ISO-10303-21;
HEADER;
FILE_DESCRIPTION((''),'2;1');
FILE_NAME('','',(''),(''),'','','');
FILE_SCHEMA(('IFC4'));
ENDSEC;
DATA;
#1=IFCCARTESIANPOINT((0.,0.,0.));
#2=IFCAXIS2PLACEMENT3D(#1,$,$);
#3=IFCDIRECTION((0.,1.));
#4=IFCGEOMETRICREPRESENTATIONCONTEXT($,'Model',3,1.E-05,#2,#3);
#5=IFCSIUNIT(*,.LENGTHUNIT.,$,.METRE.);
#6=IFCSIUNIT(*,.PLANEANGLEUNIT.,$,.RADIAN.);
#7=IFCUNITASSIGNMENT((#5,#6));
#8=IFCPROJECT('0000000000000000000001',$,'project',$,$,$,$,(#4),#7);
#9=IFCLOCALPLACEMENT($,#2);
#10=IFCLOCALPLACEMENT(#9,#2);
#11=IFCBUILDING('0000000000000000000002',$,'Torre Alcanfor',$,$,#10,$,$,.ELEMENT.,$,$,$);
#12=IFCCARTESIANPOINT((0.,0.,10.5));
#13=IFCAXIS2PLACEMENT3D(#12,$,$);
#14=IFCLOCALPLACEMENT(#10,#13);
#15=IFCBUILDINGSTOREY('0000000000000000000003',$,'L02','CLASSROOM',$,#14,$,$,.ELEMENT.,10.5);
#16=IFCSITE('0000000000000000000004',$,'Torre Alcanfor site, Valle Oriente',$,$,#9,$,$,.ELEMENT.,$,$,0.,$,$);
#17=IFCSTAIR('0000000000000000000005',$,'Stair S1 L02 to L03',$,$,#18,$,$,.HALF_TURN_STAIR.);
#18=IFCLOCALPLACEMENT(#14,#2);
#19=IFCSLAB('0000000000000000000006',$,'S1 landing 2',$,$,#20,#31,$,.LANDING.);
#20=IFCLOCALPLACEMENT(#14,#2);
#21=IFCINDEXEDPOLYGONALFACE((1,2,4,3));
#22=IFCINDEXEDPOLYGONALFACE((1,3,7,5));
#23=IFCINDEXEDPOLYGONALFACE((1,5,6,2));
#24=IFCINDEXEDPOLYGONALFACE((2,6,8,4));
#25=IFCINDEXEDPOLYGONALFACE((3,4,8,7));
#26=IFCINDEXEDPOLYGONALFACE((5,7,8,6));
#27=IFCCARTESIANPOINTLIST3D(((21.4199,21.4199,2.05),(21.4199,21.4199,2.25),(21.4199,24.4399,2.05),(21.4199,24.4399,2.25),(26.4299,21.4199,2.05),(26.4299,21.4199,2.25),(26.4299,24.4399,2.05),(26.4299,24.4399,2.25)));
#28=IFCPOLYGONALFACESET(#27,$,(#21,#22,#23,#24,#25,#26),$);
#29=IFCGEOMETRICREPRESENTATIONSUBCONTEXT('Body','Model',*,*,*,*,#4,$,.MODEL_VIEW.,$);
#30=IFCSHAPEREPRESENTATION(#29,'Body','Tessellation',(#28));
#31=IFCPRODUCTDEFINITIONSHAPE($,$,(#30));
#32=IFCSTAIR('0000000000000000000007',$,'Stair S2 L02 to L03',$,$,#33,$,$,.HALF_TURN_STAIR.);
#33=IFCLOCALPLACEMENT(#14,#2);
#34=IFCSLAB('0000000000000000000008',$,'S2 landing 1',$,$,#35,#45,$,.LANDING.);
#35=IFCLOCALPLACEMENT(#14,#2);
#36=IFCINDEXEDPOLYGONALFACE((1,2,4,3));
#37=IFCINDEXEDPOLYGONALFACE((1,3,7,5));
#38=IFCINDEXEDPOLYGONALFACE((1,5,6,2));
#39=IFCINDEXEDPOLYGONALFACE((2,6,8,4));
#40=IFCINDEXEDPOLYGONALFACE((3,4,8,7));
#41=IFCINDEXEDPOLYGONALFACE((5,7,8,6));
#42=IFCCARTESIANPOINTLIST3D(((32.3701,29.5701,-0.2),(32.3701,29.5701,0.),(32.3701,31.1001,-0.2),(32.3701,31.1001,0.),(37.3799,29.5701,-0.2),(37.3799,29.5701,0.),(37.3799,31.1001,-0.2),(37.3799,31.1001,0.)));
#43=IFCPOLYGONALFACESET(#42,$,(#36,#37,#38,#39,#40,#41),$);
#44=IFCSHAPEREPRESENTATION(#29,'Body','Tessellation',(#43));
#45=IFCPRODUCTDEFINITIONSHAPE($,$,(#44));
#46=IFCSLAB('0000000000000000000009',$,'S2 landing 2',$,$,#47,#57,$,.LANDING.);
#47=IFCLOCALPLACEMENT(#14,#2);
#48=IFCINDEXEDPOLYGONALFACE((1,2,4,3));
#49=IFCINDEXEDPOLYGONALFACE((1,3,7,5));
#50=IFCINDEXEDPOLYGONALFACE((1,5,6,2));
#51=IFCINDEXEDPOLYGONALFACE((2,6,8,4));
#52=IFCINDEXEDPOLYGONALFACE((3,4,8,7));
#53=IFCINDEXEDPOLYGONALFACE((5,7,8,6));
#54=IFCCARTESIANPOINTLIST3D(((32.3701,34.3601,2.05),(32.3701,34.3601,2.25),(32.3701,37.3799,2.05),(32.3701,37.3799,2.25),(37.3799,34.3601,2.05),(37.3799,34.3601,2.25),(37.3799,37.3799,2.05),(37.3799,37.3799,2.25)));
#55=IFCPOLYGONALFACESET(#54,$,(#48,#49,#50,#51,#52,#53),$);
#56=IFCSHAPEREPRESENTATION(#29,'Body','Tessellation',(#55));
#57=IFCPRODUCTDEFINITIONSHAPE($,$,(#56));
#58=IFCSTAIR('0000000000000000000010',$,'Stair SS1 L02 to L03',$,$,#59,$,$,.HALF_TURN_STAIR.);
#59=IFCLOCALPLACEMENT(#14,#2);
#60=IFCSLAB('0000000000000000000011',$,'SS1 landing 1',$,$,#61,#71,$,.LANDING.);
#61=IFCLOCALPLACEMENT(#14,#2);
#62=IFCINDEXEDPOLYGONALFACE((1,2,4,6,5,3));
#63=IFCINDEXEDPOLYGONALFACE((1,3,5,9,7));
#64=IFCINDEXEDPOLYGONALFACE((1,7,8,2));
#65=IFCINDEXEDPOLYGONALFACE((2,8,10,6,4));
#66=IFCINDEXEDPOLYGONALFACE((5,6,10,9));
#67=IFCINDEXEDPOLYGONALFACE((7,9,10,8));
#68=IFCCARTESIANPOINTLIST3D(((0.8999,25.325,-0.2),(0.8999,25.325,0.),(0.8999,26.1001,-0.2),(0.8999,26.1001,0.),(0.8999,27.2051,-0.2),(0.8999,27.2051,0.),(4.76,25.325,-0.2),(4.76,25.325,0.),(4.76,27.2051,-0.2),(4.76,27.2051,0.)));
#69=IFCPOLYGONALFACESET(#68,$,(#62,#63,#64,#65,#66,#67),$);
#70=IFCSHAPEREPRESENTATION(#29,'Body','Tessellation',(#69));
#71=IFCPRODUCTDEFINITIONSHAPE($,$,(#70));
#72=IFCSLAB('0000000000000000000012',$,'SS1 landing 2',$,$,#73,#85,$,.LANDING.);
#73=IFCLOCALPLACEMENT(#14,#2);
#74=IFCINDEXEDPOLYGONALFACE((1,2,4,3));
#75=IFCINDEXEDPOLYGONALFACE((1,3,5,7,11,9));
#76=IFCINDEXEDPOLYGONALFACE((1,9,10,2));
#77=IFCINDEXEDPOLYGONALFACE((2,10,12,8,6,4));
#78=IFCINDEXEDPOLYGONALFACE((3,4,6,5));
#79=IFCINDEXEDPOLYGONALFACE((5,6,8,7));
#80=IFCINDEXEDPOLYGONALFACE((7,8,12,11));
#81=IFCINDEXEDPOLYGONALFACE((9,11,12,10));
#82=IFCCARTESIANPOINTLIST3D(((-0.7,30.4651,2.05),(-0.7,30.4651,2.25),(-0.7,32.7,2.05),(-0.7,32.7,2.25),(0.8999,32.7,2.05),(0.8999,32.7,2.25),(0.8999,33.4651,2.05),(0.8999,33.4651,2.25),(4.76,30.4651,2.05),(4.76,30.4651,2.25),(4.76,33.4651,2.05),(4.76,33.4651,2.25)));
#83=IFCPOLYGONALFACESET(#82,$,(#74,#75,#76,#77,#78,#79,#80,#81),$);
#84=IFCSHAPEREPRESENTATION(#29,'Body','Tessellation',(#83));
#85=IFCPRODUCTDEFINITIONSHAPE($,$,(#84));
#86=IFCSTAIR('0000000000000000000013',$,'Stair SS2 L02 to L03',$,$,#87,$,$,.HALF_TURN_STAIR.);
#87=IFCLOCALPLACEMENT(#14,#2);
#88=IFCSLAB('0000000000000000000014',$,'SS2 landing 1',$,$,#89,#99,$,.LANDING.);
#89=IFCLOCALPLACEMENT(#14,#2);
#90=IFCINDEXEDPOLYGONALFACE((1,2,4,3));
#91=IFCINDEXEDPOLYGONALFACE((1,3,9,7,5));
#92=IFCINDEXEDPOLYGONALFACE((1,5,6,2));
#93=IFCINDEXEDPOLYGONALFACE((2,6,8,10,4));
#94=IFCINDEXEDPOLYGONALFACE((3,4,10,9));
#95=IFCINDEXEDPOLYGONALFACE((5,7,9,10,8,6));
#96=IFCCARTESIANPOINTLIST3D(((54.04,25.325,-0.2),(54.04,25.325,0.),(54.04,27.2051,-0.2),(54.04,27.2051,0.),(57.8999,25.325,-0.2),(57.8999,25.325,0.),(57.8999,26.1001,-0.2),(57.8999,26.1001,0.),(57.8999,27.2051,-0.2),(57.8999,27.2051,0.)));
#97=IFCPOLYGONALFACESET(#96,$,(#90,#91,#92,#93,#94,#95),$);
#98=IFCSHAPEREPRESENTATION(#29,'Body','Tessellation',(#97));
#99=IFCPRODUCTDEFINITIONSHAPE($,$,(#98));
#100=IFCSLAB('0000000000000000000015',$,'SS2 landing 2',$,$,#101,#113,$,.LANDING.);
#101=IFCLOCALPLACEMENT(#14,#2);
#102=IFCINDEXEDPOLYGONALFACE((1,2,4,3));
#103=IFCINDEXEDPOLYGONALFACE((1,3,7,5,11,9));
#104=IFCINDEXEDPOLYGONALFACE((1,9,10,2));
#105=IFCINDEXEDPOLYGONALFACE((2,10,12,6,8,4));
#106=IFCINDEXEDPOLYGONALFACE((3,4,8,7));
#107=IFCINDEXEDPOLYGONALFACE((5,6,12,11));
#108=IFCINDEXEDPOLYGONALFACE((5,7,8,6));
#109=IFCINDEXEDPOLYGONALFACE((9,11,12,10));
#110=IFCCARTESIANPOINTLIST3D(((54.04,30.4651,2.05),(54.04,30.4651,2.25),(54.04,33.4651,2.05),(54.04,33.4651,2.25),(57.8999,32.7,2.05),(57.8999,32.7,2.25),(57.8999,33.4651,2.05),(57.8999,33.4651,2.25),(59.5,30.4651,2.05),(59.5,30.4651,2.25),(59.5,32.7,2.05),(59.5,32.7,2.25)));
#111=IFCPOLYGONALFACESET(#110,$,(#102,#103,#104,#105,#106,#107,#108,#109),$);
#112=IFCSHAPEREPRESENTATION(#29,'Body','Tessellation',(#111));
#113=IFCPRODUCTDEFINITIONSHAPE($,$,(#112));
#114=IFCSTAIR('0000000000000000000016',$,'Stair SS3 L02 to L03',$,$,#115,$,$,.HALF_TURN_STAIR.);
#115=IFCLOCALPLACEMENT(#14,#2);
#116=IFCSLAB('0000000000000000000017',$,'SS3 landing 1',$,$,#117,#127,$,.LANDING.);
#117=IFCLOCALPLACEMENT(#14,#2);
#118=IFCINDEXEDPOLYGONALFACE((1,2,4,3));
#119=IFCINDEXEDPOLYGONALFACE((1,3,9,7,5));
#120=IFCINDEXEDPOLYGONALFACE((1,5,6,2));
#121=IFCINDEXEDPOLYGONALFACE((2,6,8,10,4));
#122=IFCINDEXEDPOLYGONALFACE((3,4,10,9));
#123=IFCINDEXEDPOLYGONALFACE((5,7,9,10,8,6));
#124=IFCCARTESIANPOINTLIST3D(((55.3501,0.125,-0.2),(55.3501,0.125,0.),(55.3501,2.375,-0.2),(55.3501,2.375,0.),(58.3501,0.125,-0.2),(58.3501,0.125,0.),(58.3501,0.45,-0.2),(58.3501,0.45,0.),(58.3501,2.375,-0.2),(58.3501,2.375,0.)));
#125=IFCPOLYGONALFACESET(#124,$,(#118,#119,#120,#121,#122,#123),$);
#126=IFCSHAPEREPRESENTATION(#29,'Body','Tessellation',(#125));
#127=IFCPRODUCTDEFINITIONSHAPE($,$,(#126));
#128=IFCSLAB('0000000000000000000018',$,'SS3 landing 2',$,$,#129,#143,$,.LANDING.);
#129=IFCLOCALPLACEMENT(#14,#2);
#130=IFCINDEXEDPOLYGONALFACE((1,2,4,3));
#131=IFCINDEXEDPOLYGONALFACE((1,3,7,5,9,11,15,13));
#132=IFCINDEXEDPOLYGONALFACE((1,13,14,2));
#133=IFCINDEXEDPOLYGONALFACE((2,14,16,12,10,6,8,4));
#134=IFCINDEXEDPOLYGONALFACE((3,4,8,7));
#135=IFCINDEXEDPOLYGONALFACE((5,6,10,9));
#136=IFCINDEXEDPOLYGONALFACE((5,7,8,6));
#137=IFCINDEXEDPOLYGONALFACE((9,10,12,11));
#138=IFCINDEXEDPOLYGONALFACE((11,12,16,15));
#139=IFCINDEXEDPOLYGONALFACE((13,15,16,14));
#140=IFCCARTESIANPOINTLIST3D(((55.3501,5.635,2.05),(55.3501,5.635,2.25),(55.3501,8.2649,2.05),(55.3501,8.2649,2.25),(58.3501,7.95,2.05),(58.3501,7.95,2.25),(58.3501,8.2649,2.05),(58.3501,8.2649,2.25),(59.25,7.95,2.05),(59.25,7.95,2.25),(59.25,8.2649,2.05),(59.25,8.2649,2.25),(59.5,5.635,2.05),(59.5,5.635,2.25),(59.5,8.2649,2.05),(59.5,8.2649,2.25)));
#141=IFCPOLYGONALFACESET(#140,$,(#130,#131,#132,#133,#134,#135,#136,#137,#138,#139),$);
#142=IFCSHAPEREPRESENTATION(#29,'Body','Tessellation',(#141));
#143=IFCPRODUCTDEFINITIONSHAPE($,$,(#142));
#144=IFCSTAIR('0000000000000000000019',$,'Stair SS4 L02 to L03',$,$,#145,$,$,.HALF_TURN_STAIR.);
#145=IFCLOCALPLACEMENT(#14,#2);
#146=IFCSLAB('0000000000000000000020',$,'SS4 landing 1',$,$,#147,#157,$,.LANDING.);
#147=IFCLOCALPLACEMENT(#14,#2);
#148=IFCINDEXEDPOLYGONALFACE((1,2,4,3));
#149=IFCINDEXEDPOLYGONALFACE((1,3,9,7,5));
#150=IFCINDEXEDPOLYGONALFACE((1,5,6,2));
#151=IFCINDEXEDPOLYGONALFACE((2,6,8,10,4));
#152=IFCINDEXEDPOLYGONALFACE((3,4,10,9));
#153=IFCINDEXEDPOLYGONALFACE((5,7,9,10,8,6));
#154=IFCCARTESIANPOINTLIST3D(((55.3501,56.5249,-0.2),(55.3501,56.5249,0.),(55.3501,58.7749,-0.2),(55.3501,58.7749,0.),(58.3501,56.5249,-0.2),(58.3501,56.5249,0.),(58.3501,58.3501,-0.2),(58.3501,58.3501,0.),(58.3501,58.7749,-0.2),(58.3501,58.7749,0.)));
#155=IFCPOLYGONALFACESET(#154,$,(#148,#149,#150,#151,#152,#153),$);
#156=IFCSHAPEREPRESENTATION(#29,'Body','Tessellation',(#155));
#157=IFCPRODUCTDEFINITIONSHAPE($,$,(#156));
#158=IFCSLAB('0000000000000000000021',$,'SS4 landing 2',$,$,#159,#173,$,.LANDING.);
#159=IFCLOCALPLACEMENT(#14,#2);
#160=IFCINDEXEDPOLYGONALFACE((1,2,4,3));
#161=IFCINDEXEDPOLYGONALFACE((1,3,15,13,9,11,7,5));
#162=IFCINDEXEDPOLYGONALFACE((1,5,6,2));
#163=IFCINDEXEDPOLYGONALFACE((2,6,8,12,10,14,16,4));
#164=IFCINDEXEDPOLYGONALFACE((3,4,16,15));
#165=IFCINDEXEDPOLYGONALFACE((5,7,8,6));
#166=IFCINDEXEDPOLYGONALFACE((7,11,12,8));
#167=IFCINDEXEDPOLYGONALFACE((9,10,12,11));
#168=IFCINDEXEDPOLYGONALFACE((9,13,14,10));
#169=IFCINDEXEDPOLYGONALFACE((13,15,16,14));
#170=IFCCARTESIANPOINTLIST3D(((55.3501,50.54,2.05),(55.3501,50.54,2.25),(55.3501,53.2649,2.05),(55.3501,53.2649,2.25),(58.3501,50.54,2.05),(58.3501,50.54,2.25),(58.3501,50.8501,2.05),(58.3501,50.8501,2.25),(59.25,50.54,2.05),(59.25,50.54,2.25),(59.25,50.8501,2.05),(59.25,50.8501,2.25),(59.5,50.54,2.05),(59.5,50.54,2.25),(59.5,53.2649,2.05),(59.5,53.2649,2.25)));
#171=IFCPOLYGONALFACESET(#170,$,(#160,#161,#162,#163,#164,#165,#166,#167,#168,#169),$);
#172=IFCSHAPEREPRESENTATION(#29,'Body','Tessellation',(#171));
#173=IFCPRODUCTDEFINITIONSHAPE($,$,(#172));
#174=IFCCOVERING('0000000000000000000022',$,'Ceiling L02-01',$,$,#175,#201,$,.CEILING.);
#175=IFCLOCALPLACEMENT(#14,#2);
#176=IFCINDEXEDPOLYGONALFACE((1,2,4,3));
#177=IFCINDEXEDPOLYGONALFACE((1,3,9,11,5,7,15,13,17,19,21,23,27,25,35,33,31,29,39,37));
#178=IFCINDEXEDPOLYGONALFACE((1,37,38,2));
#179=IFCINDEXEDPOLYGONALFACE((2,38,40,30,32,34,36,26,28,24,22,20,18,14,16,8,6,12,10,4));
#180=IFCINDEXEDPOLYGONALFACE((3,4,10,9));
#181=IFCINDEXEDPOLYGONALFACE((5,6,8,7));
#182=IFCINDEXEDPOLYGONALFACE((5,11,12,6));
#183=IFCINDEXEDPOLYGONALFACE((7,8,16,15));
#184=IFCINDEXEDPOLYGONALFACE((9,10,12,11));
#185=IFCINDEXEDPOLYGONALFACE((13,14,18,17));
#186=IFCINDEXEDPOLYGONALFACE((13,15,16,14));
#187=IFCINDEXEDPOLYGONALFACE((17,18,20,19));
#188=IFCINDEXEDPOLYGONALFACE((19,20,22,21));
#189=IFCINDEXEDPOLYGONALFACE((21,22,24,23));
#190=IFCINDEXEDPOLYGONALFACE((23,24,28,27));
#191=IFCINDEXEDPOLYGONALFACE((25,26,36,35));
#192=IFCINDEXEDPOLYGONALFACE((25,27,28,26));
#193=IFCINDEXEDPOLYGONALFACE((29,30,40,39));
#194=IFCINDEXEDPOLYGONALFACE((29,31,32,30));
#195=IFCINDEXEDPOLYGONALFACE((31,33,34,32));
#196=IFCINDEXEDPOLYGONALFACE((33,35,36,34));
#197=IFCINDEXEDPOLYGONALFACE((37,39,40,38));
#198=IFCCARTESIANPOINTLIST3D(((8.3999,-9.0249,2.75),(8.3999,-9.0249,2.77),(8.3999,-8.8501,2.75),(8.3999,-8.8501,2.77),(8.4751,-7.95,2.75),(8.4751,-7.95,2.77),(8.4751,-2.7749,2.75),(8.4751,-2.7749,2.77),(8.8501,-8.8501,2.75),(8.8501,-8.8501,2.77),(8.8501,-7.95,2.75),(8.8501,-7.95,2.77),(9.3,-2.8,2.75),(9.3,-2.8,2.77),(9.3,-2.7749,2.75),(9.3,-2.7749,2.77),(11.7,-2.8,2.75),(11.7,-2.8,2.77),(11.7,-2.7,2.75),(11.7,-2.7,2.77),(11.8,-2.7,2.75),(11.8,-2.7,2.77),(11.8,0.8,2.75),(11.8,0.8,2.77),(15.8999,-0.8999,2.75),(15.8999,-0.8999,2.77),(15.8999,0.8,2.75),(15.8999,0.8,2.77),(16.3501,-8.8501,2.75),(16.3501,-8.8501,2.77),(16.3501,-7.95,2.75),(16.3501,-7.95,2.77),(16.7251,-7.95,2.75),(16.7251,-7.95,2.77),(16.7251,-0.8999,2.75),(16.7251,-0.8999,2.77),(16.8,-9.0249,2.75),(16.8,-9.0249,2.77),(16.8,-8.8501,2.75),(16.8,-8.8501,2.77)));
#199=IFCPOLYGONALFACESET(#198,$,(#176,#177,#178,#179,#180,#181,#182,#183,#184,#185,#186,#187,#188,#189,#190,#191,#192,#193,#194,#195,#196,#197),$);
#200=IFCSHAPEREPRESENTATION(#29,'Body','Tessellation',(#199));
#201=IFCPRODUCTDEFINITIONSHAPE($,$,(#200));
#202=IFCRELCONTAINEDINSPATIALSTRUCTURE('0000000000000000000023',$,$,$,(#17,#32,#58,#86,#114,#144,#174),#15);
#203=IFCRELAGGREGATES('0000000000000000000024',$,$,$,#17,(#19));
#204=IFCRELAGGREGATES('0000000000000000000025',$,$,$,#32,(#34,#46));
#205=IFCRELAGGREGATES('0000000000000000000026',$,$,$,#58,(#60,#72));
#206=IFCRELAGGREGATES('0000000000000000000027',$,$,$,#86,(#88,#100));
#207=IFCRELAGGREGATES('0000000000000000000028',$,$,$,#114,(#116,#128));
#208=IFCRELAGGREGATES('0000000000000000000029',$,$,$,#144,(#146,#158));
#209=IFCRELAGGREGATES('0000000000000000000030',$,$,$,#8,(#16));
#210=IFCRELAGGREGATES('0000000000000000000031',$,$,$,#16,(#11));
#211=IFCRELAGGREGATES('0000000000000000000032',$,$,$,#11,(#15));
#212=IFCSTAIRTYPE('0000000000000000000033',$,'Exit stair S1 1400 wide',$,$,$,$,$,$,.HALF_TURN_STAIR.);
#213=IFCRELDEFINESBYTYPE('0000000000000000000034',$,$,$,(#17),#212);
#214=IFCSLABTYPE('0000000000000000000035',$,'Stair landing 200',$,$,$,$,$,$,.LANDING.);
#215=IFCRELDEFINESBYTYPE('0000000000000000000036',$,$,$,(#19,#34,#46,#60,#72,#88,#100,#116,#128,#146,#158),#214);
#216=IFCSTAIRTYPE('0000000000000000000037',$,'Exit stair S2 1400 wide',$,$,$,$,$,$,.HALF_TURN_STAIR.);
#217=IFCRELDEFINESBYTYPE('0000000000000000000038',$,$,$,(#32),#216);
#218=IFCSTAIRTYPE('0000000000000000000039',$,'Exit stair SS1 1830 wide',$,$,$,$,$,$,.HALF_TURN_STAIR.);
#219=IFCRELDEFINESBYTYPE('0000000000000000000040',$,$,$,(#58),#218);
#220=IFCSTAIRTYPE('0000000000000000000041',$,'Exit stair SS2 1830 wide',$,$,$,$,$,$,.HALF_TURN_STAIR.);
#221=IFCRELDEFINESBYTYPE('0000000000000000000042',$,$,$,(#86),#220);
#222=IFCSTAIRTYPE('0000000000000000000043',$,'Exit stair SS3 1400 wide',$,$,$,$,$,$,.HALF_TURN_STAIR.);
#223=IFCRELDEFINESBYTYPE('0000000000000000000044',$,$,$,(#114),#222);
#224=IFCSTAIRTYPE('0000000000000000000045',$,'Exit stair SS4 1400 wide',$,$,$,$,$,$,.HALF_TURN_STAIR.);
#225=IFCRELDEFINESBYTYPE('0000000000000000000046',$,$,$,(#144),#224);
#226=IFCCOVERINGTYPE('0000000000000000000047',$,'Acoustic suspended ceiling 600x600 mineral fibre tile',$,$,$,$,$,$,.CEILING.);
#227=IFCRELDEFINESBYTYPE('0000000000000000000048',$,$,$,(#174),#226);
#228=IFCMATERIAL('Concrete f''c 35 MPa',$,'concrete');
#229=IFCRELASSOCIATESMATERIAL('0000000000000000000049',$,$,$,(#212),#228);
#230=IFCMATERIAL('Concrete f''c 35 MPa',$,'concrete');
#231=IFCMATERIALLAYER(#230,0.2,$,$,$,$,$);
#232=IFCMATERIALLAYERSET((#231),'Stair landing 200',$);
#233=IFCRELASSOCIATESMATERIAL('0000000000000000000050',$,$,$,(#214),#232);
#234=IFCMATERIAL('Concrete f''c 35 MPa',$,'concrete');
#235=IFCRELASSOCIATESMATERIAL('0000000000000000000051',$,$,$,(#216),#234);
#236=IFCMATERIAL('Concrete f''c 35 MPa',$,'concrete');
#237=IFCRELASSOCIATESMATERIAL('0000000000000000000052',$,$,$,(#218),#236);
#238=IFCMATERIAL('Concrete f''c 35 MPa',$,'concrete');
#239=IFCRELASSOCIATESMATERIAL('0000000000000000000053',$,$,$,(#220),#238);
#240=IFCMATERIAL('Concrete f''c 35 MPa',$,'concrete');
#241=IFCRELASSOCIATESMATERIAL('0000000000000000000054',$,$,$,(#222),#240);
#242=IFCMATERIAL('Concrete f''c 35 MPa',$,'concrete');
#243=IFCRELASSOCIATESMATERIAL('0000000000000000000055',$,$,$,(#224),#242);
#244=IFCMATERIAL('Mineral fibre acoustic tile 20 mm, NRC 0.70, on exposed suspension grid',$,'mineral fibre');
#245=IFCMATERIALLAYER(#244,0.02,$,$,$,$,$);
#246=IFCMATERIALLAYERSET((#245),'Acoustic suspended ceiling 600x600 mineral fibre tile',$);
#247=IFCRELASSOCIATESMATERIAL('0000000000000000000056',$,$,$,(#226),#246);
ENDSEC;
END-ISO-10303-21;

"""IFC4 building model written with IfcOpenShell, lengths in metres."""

from ifc_helpers import new_model, si_unit, direction, frame, origin, place, context, subcontext, project, spatial, polyline, outline, extrude, material, layer, layer_set, type_object, element, aggregate, save


model = new_model("IFC4")

# Units and contexts
model_context = context("Model", 3, precision=1e-05, world=origin(), true_north=direction((0.0, 1.0)))
body_context = subcontext(model_context, "Body", "Model", "MODEL_VIEW")
ifc_project = project(units=[si_unit("LENGTHUNIT", "METRE"), si_unit("PLANEANGLEUNIT", "RADIAN")], contexts=[model_context])

# Site, building, storey
site_placement = place(None, origin())
site = spatial("IfcSite", under=ifc_project, at=site_placement, Name="Torre Alcanfor site, Valle Oriente", CompositionType="ELEMENT", RefElevation=0.0)
building_placement = place(site_placement, origin())
building = spatial("IfcBuilding", under=site, at=building_placement, Name="Torre Alcanfor", CompositionType="ELEMENT")
storey_placement = place(building_placement, frame((0.0, 0.0, 10.5)))
storey = spatial("IfcBuildingStorey", under=building, at=storey_placement, Name="L02", Description="CLASSROOM", CompositionType="ELEMENT", Elevation=10.5)

# Stair, slab
ifc_material_1 = material(Name="Concrete f'c 35 MPa", Category="concrete")
stair_type_1 = type_object("IfcStairType", Name="Exit stair S1 1400 wide", PredefinedType="HALF_TURN_STAIR", material=ifc_material_1)
stair_1_placement = place(storey_placement, origin())
stair_1 = element("IfcStair", 1, at=stair_1_placement, inside=storey, type_object=stair_type_1, Name="Stair S1 L02 to L03", PredefinedType="HALF_TURN_STAIR")
ifc_material_2 = material(Name="Concrete f'c 35 MPa", Category="concrete")
ifc_layer_1 = layer(ifc_material_2, 0.2)
ifc_layer_set_1 = layer_set([ifc_layer_1], Name="Stair landing 200")
slab_type = type_object("IfcSlabType", Name="Stair landing 200", PredefinedType="LANDING", material=ifc_layer_set_1)
slab_1_placement = place(storey_placement, frame((0.0, 0.0, 2.05)))
slab_1 = element("IfcSlab", 2, at=slab_1_placement, type_object=slab_type, Name="S1 landing 2", PredefinedType="LANDING", context=body_context, shape_type="SweptSolid", body=[
    extrude(outline(polyline([(21.4199, 21.4199), (26.4299, 21.4199), (26.4299, 24.4399), (21.4199, 24.4399), (21.4199, 21.4199)])), origin(), (0.0, 0.0, 1.0), 0.2),
])
aggregate(stair_1, [slab_1])

# Stairs, slabs
ifc_material_3 = material(Name="Concrete f'c 35 MPa", Category="concrete")
stair_type_2 = type_object("IfcStairType", Name="Exit stair S2 1400 wide", PredefinedType="HALF_TURN_STAIR", material=ifc_material_3)
stair_2_placement = place(storey_placement, origin())
stair_2 = element("IfcStair", 3, at=stair_2_placement, inside=storey, type_object=stair_type_2, Name="Stair S2 L02 to L03", PredefinedType="HALF_TURN_STAIR")
slab_2_placement = place(storey_placement, frame((0.0, 0.0, -0.2)))
slab_2 = element("IfcSlab", 4, at=slab_2_placement, type_object=slab_type, Name="S2 landing 1", PredefinedType="LANDING", context=body_context, shape_type="SweptSolid", body=[
    extrude(outline(polyline([(32.3701, 29.5701), (37.3799, 29.5701), (37.3799, 31.1001), (32.3701, 31.1001), (32.3701, 29.5701)])), origin(), (0.0, 0.0, 1.0), 0.2),
])
slab_3_placement = place(storey_placement, frame((0.0, 0.0, 2.05)))
slab_3 = element("IfcSlab", 5, at=slab_3_placement, type_object=slab_type, Name="S2 landing 2", PredefinedType="LANDING", context=body_context, shape_type="SweptSolid", body=[
    extrude(outline(polyline([(32.3701, 34.3601), (37.3799, 34.3601), (37.3799, 37.3799), (32.3701, 37.3799), (32.3701, 34.3601)])), origin(), (0.0, 0.0, 1.0), 0.2),
])
aggregate(stair_2, [slab_2, slab_3])
ifc_material_4 = material(Name="Concrete f'c 35 MPa", Category="concrete")
stair_type_3 = type_object("IfcStairType", Name="Exit stair SS1 1830 wide", PredefinedType="HALF_TURN_STAIR", material=ifc_material_4)
stair_3_placement = place(storey_placement, origin())
stair_3 = element("IfcStair", 6, at=stair_3_placement, inside=storey, type_object=stair_type_3, Name="Stair SS1 L02 to L03", PredefinedType="HALF_TURN_STAIR")
slab_4_placement = place(storey_placement, frame((0.0, 0.0, -0.2)))
slab_4 = element("IfcSlab", 7, at=slab_4_placement, type_object=slab_type, Name="SS1 landing 1", PredefinedType="LANDING", context=body_context, shape_type="SweptSolid", body=[
    extrude(outline(polyline([(4.76, 27.2051), (4.76, 25.325), (0.8999, 25.325), (0.8999, 26.1001), (0.8999, 27.2051), (4.76, 27.2051)])), origin(), (0.0, 0.0, 1.0), 0.2),
])
slab_5_placement = place(storey_placement, frame((0.0, 0.0, 2.05)))
slab_5 = element("IfcSlab", 8, at=slab_5_placement, type_object=slab_type, Name="SS1 landing 2", PredefinedType="LANDING", context=body_context, shape_type="SweptSolid", body=[
    extrude(outline(polyline([(4.76, 33.4651), (4.76, 30.4651), (-0.7, 30.4651), (-0.7, 32.7), (0.8999, 32.7), (0.8999, 33.4651), (4.76, 33.4651)])), origin(), (0.0, 0.0, 1.0), 0.2),
])
aggregate(stair_3, [slab_4, slab_5])
ifc_material_5 = material(Name="Concrete f'c 35 MPa", Category="concrete")
stair_type_4 = type_object("IfcStairType", Name="Exit stair SS2 1830 wide", PredefinedType="HALF_TURN_STAIR", material=ifc_material_5)
stair_4_placement = place(storey_placement, origin())
stair_4 = element("IfcStair", 9, at=stair_4_placement, inside=storey, type_object=stair_type_4, Name="Stair SS2 L02 to L03", PredefinedType="HALF_TURN_STAIR")
slab_6_placement = place(storey_placement, frame((0.0, 0.0, -0.2)))
slab_6 = element("IfcSlab", 10, at=slab_6_placement, type_object=slab_type, Name="SS2 landing 1", PredefinedType="LANDING", context=body_context, shape_type="SweptSolid", body=[
    extrude(outline(polyline([(54.04, 25.325), (54.04, 27.2051), (57.8999, 27.2051), (57.8999, 26.1001), (57.8999, 25.325), (54.04, 25.325)])), origin(), (0.0, 0.0, 1.0), 0.2),
])
slab_7_placement = place(storey_placement, frame((0.0, 0.0, 2.05)))
slab_7 = element("IfcSlab", 11, at=slab_7_placement, type_object=slab_type, Name="SS2 landing 2", PredefinedType="LANDING", context=body_context, shape_type="SweptSolid", body=[
    extrude(outline(polyline([(59.5, 30.4651), (54.04, 30.4651), (54.04, 33.4651), (57.8999, 33.4651), (57.8999, 32.7), (59.5, 32.7), (59.5, 30.4651)])), origin(), (0.0, 0.0, 1.0), 0.2),
])
aggregate(stair_4, [slab_6, slab_7])
ifc_material_6 = material(Name="Concrete f'c 35 MPa", Category="concrete")
stair_type_5 = type_object("IfcStairType", Name="Exit stair SS3 1400 wide", PredefinedType="HALF_TURN_STAIR", material=ifc_material_6)
stair_5_placement = place(storey_placement, origin())
stair_5 = element("IfcStair", 12, at=stair_5_placement, inside=storey, type_object=stair_type_5, Name="Stair SS3 L02 to L03", PredefinedType="HALF_TURN_STAIR")
slab_8_placement = place(storey_placement, frame((0.0, 0.0, -0.2)))
slab_8 = element("IfcSlab", 13, at=slab_8_placement, type_object=slab_type, Name="SS3 landing 1", PredefinedType="LANDING", context=body_context, shape_type="SweptSolid", body=[
    extrude(outline(polyline([(55.3501, 2.375), (58.3501, 2.375), (58.3501, 0.45), (58.3501, 0.45), (58.3501, 0.125), (55.3501, 0.125), (55.3501, 2.375)])), origin(), (0.0, 0.0, 1.0), 0.2),
])
slab_9_placement = place(storey_placement, frame((0.0, 0.0, 2.05)))
slab_9 = element("IfcSlab", 14, at=slab_9_placement, type_object=slab_type, Name="SS3 landing 2", PredefinedType="LANDING", context=body_context, shape_type="SweptSolid", body=[
    extrude(outline(polyline([(59.5, 8.2649), (59.5, 5.635), (55.3501, 5.635), (55.3501, 8.2649), (58.3501, 8.2649), (58.3501, 7.95), (59.25, 7.95), (59.25, 8.2649), (59.5, 8.2649)])), origin(), (0.0, 0.0, 1.0), 0.2),
])
aggregate(stair_5, [slab_8, slab_9])
ifc_material_7 = material(Name="Concrete f'c 35 MPa", Category="concrete")
stair_type_6 = type_object("IfcStairType", Name="Exit stair SS4 1400 wide", PredefinedType="HALF_TURN_STAIR", material=ifc_material_7)
stair_6_placement = place(storey_placement, origin())
stair_6 = element("IfcStair", 15, at=stair_6_placement, inside=storey, type_object=stair_type_6, Name="Stair SS4 L02 to L03", PredefinedType="HALF_TURN_STAIR")
slab_10_placement = place(storey_placement, frame((0.0, 0.0, -0.2)))
slab_10 = element("IfcSlab", 16, at=slab_10_placement, type_object=slab_type, Name="SS4 landing 1", PredefinedType="LANDING", context=body_context, shape_type="SweptSolid", body=[
    extrude(outline(polyline([(55.3501, 58.7749), (58.3501, 58.7749), (58.3501, 58.3501), (58.3501, 58.3501), (58.3501, 56.5249), (55.3501, 56.5249), (55.3501, 58.7749)])), origin(), (0.0, 0.0, 1.0), 0.2),
])
slab_11_placement = place(storey_placement, frame((0.0, 0.0, 2.05)))
slab_11 = element("IfcSlab", 17, at=slab_11_placement, type_object=slab_type, Name="SS4 landing 2", PredefinedType="LANDING", context=body_context, shape_type="SweptSolid", body=[
    extrude(outline(polyline([(55.3501, 50.54), (55.3501, 53.2649), (59.5, 53.2649), (59.5, 50.54), (59.25, 50.54), (59.25, 50.8501), (58.3501, 50.8501), (58.3501, 50.54), (55.3501, 50.54)])), origin(), (0.0, 0.0, 1.0), 0.2),
])
aggregate(stair_6, [slab_10, slab_11])

# Covering
ifc_material_8 = material(Name="Mineral fibre acoustic tile 20 mm, NRC 0.70, on exposed suspension grid", Category="mineral fibre")
ifc_layer_2 = layer(ifc_material_8, 0.02)
ifc_layer_set_2 = layer_set([ifc_layer_2], Name="Acoustic suspended ceiling 600x600 mineral fibre tile")
covering_type = type_object("IfcCoveringType", Name="Acoustic suspended ceiling 600x600 mineral fibre tile", PredefinedType="CEILING", material=ifc_layer_set_2)
covering_1_placement = place(storey_placement, frame((0.0, 0.0, 2.75)))
element("IfcCovering", 18, at=covering_1_placement, inside=storey, type_object=covering_type, Name="Ceiling L02-01", PredefinedType="CEILING", context=body_context, shape_type="SweptSolid", body=[
    extrude(outline(polyline([(8.8501, -8.8501), (8.3999, -8.8501), (8.3999, -9.0249), (16.8, -9.0249), (16.8, -8.8501), (16.3501, -8.8501), (16.3501, -7.95), (16.7251, -7.95), (16.7251, -0.8999), (15.8999, -0.8999), (15.8999, 0.8), (11.8, 0.8), (11.8, -2.7), (11.7, -2.7), (11.7, -2.8), (9.3, -2.8), (9.3, -2.7749), (8.4751, -2.7749), (8.4751, -7.95), (8.8501, -7.95), (8.8501, -8.8501)])), origin(), (0.0, 0.0, 1.0), 0.02),
])

save(model, "model.ifc")
